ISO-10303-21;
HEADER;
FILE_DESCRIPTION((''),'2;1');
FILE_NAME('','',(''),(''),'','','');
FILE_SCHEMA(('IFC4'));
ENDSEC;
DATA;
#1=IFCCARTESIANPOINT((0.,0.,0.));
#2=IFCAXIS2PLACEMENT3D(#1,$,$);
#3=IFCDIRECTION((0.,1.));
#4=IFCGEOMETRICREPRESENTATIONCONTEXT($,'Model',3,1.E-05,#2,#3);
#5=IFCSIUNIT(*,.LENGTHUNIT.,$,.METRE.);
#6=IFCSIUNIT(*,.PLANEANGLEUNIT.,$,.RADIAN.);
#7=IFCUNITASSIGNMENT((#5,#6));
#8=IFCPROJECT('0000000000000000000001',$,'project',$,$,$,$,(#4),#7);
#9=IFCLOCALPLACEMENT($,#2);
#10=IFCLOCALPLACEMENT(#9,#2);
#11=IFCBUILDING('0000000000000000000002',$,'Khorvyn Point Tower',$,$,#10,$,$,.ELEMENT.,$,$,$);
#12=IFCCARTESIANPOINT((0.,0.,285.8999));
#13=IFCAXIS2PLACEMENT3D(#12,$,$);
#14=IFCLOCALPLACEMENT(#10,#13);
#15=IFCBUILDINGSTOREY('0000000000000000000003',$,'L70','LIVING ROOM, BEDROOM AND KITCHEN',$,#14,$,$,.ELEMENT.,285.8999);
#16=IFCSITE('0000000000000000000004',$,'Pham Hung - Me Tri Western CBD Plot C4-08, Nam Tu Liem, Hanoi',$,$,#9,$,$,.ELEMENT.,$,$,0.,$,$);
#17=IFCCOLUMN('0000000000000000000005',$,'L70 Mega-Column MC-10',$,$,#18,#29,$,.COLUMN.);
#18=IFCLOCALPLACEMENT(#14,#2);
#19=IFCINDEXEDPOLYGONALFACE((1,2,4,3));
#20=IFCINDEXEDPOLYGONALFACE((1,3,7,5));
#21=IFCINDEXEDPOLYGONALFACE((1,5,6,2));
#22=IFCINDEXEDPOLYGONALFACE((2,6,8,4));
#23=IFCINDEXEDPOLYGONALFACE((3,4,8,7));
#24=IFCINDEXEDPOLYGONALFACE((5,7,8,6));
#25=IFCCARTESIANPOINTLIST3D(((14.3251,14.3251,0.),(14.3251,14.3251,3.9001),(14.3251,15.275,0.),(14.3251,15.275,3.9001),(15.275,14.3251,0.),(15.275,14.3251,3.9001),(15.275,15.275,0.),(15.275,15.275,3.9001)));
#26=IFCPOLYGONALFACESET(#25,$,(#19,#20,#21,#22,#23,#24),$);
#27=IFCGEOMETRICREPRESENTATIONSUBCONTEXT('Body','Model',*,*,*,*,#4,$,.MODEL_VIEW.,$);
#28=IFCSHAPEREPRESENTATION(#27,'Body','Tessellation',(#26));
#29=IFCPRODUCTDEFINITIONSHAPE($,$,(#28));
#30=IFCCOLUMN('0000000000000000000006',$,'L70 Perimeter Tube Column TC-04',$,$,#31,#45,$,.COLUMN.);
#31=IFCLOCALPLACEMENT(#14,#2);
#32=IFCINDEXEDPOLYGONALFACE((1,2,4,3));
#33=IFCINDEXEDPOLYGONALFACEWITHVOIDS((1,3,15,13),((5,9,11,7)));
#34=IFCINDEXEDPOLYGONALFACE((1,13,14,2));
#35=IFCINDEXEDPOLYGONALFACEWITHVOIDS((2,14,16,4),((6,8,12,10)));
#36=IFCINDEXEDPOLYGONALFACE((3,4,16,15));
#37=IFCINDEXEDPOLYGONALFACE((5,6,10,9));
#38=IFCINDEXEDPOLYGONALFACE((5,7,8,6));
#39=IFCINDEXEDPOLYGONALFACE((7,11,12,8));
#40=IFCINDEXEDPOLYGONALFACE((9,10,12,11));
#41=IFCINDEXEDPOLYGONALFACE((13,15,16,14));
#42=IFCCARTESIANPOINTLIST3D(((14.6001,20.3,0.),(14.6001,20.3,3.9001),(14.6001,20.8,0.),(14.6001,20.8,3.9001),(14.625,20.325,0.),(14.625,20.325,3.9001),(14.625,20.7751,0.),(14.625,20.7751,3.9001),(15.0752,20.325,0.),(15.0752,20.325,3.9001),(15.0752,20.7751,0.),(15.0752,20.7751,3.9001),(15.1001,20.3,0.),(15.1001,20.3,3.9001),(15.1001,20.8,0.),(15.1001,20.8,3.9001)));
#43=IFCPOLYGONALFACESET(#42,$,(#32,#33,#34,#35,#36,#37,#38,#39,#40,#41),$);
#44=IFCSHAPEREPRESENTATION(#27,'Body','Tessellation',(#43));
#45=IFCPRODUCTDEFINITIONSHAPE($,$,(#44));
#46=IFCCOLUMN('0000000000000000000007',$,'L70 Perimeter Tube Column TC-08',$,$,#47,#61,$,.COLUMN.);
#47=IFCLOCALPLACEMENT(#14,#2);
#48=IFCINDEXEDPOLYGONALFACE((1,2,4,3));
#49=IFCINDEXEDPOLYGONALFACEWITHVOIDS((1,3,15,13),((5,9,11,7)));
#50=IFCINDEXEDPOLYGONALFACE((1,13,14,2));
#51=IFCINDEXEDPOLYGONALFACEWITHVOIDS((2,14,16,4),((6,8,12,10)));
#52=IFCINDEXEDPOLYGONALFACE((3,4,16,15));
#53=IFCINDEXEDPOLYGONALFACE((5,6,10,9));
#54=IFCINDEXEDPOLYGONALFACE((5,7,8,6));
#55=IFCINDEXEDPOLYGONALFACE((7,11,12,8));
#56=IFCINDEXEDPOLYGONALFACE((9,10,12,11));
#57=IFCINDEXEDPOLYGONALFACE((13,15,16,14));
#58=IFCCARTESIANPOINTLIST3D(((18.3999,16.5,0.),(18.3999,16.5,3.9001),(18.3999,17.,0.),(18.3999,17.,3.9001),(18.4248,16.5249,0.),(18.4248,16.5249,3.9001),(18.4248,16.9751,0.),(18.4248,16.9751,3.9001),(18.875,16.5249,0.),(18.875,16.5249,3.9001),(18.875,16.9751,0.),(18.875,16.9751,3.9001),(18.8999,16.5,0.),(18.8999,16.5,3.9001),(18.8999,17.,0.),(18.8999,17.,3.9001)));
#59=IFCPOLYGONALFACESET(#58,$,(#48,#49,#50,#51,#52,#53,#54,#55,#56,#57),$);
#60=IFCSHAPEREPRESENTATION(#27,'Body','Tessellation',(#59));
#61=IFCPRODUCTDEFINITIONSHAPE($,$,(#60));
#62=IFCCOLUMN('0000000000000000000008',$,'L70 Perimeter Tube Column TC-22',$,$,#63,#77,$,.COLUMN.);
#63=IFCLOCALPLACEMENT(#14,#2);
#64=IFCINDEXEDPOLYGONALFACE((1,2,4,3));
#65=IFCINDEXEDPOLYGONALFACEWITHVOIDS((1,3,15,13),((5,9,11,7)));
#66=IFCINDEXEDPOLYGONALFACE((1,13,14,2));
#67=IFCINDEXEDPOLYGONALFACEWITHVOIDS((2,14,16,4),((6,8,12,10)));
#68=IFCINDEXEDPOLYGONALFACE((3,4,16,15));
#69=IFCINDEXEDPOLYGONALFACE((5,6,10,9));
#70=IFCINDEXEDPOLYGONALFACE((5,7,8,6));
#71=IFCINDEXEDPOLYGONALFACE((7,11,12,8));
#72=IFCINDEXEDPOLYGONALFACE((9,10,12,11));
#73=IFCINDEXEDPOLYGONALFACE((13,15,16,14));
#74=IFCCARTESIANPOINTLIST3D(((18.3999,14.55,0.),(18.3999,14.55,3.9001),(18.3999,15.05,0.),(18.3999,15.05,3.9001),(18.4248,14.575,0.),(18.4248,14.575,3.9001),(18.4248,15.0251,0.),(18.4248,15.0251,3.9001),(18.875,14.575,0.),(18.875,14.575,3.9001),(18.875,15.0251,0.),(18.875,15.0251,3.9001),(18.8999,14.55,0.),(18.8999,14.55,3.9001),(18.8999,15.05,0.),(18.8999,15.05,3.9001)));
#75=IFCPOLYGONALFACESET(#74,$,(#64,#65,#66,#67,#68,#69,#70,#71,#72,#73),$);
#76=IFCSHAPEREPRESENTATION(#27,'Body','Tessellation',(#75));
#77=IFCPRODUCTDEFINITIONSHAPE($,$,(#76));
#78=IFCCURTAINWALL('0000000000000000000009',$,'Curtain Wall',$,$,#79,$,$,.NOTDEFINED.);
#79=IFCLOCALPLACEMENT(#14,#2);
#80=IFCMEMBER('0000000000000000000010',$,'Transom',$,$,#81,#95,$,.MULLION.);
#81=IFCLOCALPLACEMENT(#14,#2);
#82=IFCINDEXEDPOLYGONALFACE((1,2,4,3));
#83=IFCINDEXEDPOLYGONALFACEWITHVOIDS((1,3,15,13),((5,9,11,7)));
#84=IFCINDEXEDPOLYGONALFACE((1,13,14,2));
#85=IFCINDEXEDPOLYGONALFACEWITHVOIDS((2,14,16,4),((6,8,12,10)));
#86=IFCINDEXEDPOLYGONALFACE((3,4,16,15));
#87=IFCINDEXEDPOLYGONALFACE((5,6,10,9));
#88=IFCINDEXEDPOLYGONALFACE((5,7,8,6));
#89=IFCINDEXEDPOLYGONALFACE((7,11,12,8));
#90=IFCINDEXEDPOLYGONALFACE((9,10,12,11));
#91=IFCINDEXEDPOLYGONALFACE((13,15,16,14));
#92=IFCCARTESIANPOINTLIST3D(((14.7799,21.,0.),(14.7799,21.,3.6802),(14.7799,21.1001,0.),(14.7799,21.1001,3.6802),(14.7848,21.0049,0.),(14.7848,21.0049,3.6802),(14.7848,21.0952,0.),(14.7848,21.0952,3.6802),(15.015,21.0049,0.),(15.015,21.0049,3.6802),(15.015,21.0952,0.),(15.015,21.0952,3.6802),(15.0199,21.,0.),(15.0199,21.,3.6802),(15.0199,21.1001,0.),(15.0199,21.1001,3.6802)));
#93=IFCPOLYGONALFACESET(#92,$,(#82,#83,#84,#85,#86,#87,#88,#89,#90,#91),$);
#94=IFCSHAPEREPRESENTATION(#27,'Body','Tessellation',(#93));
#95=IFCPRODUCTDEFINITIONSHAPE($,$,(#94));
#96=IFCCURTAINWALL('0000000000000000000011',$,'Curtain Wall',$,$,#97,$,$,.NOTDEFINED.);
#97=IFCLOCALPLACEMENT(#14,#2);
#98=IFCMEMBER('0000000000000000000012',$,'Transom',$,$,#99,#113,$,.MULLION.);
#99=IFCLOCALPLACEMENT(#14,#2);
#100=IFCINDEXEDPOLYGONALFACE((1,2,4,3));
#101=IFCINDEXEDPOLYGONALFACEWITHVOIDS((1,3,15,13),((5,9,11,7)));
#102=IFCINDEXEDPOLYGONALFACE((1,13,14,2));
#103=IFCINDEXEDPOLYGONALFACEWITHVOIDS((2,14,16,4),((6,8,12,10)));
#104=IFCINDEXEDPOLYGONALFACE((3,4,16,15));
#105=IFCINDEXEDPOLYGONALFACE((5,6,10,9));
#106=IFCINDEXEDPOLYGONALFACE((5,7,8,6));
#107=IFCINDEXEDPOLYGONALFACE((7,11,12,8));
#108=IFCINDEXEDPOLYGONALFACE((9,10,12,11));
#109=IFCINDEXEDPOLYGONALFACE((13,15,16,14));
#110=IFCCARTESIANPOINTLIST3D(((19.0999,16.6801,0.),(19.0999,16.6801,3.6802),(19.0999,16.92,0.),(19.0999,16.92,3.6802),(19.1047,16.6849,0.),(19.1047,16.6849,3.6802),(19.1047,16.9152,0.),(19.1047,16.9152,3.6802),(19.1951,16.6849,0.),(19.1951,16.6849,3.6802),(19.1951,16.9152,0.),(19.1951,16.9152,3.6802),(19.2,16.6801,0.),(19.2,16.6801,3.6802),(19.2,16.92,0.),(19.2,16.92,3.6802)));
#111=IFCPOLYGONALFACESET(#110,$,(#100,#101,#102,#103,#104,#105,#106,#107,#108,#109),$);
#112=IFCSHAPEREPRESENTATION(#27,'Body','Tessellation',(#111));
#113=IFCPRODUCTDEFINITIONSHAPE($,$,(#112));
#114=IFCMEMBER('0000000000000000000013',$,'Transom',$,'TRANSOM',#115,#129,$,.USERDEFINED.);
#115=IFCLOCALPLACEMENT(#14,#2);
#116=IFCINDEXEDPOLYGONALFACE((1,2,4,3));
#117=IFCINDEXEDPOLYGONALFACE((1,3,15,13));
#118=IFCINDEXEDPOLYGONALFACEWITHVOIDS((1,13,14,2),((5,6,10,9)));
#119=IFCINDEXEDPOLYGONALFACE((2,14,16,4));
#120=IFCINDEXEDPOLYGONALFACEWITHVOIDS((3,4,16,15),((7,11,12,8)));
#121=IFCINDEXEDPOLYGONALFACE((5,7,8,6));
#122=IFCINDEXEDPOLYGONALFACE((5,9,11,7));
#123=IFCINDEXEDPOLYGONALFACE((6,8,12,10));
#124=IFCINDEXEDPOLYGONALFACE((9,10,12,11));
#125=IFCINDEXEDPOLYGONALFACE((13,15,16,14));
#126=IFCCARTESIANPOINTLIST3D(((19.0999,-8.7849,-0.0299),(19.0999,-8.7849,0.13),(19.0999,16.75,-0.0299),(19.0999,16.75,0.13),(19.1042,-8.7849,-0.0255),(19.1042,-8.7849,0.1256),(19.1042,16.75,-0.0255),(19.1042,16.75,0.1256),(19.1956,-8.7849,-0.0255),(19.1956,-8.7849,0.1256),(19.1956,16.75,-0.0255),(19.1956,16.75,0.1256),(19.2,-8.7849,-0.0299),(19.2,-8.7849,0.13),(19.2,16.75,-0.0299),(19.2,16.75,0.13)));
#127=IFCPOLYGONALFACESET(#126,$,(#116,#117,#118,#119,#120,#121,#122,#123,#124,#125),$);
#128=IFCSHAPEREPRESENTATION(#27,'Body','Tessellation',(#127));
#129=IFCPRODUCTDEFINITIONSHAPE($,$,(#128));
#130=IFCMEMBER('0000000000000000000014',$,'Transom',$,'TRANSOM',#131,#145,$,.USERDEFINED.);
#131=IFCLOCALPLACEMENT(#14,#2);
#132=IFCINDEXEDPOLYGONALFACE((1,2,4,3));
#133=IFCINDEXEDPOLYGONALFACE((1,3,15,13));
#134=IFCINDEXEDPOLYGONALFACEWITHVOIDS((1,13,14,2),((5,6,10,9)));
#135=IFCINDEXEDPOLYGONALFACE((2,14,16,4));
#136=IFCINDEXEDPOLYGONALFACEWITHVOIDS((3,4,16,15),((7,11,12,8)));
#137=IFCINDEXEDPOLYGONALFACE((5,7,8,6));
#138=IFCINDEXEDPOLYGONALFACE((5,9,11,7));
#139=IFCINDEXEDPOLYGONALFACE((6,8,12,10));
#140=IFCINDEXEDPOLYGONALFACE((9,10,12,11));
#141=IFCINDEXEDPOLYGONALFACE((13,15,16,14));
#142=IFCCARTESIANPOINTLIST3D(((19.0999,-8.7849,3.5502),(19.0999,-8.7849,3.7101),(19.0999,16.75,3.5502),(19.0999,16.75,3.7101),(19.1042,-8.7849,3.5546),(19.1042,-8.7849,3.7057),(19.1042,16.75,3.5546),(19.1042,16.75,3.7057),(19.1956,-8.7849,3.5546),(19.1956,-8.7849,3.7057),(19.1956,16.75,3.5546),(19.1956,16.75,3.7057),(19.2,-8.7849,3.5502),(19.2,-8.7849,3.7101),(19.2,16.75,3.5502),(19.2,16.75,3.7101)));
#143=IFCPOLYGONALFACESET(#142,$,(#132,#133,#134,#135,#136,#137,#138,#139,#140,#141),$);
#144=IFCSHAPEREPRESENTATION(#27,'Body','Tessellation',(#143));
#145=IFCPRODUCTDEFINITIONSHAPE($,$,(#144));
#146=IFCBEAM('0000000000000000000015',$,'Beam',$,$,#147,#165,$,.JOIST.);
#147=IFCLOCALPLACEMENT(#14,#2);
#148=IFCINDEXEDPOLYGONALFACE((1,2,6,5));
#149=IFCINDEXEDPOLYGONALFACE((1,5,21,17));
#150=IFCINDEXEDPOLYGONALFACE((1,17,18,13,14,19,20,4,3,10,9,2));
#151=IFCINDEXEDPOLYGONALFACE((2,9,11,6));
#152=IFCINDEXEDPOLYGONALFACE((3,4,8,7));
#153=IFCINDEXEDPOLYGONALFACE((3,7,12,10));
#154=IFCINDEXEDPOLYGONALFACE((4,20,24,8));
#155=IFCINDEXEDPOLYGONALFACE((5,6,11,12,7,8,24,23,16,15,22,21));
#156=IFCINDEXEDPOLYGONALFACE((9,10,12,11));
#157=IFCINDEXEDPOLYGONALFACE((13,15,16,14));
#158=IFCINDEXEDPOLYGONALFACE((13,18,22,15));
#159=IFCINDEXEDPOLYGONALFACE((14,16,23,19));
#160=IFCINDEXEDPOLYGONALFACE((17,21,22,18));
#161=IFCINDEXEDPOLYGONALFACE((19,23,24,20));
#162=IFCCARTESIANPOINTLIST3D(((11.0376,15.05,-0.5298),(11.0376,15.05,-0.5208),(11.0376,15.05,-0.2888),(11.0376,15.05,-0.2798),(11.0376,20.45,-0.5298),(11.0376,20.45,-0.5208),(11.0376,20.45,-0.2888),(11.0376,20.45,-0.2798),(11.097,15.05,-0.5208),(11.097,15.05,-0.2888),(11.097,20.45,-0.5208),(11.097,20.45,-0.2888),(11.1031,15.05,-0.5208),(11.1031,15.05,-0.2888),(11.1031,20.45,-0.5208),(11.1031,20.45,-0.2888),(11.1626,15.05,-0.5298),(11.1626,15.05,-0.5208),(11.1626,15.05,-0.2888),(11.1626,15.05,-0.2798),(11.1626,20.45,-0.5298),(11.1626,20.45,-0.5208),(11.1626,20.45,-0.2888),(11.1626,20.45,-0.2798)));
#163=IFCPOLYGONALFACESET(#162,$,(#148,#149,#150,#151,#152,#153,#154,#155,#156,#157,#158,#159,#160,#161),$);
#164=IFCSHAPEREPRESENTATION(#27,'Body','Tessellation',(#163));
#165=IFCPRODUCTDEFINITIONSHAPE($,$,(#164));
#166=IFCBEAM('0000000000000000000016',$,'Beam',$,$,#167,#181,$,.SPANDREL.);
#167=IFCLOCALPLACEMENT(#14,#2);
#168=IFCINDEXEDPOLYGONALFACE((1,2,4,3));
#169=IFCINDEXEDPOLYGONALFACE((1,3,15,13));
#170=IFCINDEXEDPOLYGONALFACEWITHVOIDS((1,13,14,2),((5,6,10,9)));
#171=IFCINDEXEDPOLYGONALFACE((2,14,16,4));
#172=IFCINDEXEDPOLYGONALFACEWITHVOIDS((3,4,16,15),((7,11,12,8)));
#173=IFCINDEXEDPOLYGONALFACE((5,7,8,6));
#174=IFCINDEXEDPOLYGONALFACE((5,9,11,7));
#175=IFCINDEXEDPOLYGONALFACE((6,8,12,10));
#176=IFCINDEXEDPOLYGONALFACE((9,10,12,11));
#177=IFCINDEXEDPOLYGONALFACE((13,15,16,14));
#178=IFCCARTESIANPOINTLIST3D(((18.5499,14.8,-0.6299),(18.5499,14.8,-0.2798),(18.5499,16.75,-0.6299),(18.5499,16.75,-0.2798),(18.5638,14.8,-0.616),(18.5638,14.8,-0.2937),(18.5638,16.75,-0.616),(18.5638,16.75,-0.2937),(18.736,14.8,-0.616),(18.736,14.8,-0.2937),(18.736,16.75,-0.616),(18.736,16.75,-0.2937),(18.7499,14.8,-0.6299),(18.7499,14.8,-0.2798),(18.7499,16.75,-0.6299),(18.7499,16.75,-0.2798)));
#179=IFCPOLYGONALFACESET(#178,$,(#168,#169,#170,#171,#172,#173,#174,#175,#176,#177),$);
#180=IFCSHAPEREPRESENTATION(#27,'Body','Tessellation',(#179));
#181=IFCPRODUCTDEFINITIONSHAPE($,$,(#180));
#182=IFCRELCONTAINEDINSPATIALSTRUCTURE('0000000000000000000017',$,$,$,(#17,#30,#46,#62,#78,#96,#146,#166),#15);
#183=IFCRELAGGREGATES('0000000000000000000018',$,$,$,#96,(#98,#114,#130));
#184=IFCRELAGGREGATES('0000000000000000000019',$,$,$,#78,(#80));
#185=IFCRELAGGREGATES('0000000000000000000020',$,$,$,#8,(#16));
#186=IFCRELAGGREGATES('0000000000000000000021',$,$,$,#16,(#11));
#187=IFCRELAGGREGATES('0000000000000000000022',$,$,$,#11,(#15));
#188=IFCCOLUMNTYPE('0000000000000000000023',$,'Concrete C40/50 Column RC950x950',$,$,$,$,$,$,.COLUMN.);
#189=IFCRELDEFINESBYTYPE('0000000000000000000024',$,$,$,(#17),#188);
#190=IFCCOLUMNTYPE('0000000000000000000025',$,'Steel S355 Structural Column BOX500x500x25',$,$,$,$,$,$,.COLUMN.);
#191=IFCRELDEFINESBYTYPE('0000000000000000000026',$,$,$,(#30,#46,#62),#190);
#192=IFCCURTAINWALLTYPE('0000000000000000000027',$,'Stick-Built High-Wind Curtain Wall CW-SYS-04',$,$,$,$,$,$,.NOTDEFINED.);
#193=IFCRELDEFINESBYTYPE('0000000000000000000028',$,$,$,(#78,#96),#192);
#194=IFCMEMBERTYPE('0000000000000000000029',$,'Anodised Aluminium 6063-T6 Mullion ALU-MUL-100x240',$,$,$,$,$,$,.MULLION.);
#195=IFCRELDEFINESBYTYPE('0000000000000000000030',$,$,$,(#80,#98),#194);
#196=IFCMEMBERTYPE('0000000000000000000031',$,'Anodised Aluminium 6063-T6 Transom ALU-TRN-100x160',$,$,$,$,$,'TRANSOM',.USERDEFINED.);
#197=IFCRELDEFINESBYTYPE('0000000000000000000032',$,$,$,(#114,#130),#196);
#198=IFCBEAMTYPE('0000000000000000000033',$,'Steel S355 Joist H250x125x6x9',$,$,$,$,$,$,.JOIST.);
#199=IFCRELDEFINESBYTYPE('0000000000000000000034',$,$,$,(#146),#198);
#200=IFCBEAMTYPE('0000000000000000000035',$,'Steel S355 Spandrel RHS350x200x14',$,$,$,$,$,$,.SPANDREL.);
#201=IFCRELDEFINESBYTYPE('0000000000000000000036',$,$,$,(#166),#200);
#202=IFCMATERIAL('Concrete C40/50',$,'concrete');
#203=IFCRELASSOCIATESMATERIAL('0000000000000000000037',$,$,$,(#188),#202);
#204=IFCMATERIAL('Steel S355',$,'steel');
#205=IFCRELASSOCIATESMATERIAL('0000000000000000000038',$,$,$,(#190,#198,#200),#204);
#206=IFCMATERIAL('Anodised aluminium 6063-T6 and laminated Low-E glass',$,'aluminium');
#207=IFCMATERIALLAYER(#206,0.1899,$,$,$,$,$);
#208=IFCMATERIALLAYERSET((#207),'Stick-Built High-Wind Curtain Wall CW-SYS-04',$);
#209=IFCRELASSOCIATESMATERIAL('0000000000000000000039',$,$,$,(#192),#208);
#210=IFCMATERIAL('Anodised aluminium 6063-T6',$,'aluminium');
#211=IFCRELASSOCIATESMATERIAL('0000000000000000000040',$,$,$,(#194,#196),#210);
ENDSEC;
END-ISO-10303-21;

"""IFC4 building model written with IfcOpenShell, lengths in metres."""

from ifc_helpers import new_model, si_unit, direction, frame, origin, origin_2d, place, context, subcontext, project, spatial, rectangle, hollow_rectangle, i_section, extrude, material, layer, layer_set, material_profile, profile_set, type_object, element, aggregate, save


model = new_model("IFC4")

# Units and contexts
model_context = context("Model", 3, precision=1e-05, world=origin(), true_north=direction((0.0, 1.0)))
body_context = subcontext(model_context, "Body", "Model", "MODEL_VIEW")
ifc_project = project(units=[si_unit("LENGTHUNIT", "METRE"), si_unit("PLANEANGLEUNIT", "RADIAN")], contexts=[model_context])

# Site, building, storey
site_placement = place(None, origin())
site = spatial("IfcSite", under=ifc_project, at=site_placement, Name="Pham Hung - Me Tri Western CBD Plot C4-08, Nam Tu Liem, Hanoi", CompositionType="ELEMENT", RefElevation=0.0)
building_placement = place(site_placement, origin())
building = spatial("IfcBuilding", under=site, at=building_placement, Name="Khorvyn Point Tower", CompositionType="ELEMENT")
storey_placement = place(building_placement, frame((0.0, 0.0, 285.8999)))
storey = spatial("IfcBuildingStorey", under=building, at=storey_placement, Name="L70", Description="LIVING ROOM, BEDROOM AND KITCHEN", CompositionType="ELEMENT", Elevation=285.8999)

# Columns
ifc_material_1 = material(Name="Concrete C40/50", Category="concrete")
ifc_material_profile_1 = material_profile(ifc_material_1, rectangle(XDim=0.95, YDim=0.95, at=origin_2d()))
ifc_profile_set_1 = profile_set([ifc_material_profile_1], Name="Concrete C40/50 RC950x950")
column_type_1 = type_object("IfcColumnType", Name="Concrete C40/50 Column RC950x950", PredefinedType="COLUMN", material=ifc_profile_set_1)
column_placement = place(storey_placement, frame((14.8, 14.8, 0.0), z_axis=(0.0, 0.0, 1.0), x_axis=(1.0, 0.0, 0.0)))
element("IfcColumn", 1, at=column_placement, inside=storey, type_object=column_type_1, Name="L70 Mega-Column MC-10", PredefinedType="COLUMN", context=body_context, shape_type="SweptSolid", body=[
    extrude(rectangle(XDim=0.95, YDim=0.95, at=origin_2d()), origin(), (0.0, 0.0, 1.0), 3.9001),
])
ifc_material_2 = material(Name="Steel S355", Category="steel")
ifc_material_profile_2 = material_profile(ifc_material_2, hollow_rectangle(XDim=0.5, YDim=0.5, WallThickness=0.0249, at=origin_2d()))
ifc_profile_set_2 = profile_set([ifc_material_profile_2], Name="Steel S355 BOX500x500x25")
column_type_2 = type_object("IfcColumnType", Name="Steel S355 Structural Column BOX500x500x25", PredefinedType="COLUMN", material=ifc_profile_set_2)
for number, where, z_axis, x_axis, name in (
    (2, (14.8501, 20.55, 0.0), (0.0, 0.0, 1.0), (1.0, 0.0, 0.0), "L70 Perimeter Tube Column TC-04"),
    (3, (18.6499, 16.75, 0.0), (0.0, 0.0, 1.0), (1.0, 0.0, 0.0), "L70 Perimeter Tube Column TC-08"),
    (4, (18.6499, 14.8, 0.0), (0.0, 0.0, 1.0), (1.0, 0.0, 0.0), "L70 Perimeter Tube Column TC-22"),
):
    element("IfcColumn", number, at=place(storey_placement, frame(where, z_axis=z_axis, x_axis=x_axis)), inside=storey, type_object=column_type_2, Name=name, PredefinedType="COLUMN", context=body_context, shape_type="SweptSolid", body=[
        extrude(hollow_rectangle(XDim=0.5, YDim=0.5, WallThickness=0.0249, at=origin_2d()), origin(), (0.0, 0.0, 1.0), 3.9001),
    ])

# Curtain wall, member
ifc_material_3 = material(Name="Anodised aluminium 6063-T6 and laminated Low-E glass", Category="aluminium")
ifc_layer_1 = layer(ifc_material_3, 0.1899)
ifc_layer_set_1 = layer_set([ifc_layer_1], Name="Stick-Built High-Wind Curtain Wall CW-SYS-04")
curtain_wall_type = type_object("IfcCurtainWallType", Name="Stick-Built High-Wind Curtain Wall CW-SYS-04", PredefinedType="NOTDEFINED", material=ifc_layer_set_1)
curtain_wall_1_placement = place(storey_placement, origin())
curtain_wall_1 = element("IfcCurtainWall", 5, at=curtain_wall_1_placement, inside=storey, type_object=curtain_wall_type, Name="Curtain Wall", PredefinedType="NOTDEFINED")
ifc_material_4 = material(Name="Anodised aluminium 6063-T6", Category="aluminium")
ifc_material_profile_3 = material_profile(ifc_material_4, hollow_rectangle(XDim=0.1001, YDim=0.24, WallThickness=0.0049, at=origin_2d()))
ifc_profile_set_3 = profile_set([ifc_material_profile_3], Name="Anodised aluminium 6063-T6 ALU-MUL-100x240")
member_type_1 = type_object("IfcMemberType", Name="Anodised Aluminium 6063-T6 Mullion ALU-MUL-100x240", PredefinedType="MULLION", material=ifc_profile_set_3)
member_1_placement = place(storey_placement, frame((14.8999, 21.05, 0.0), z_axis=(0.0, 0.0, 1.0), x_axis=(0.0, 1.0, 0.0)))
member_1 = element("IfcMember", 6, at=member_1_placement, type_object=member_type_1, Name="Transom", PredefinedType="MULLION", context=body_context, shape_type="SweptSolid", body=[
    extrude(hollow_rectangle(XDim=0.1001, YDim=0.24, WallThickness=0.0049, at=origin_2d()), origin(), (0.0, 0.0, 1.0), 3.6802),
])

# Curtain wall, members
curtain_wall_2_placement = place(storey_placement, origin())
curtain_wall_2 = element("IfcCurtainWall", 7, at=curtain_wall_2_placement, inside=storey, type_object=curtain_wall_type, Name="Curtain Wall", PredefinedType="NOTDEFINED")
member_2_placement = place(storey_placement, frame((19.1499, 16.8, 0.0), z_axis=(0.0, 0.0, 1.0), x_axis=(1.0, 0.0, 0.0)))
member_2 = element("IfcMember", 8, at=member_2_placement, type_object=member_type_1, Name="Transom", PredefinedType="MULLION", context=body_context, shape_type="SweptSolid", body=[
    extrude(hollow_rectangle(XDim=0.1001, YDim=0.24, WallThickness=0.0049, at=origin_2d()), origin(), (0.0, 0.0, 1.0), 3.6802),
])
ifc_material_profile_4 = material_profile(ifc_material_4, hollow_rectangle(XDim=0.1001, YDim=0.1599, WallThickness=0.0044, at=origin_2d()))
ifc_profile_set_4 = profile_set([ifc_material_profile_4], Name="Anodised aluminium 6063-T6 ALU-TRN-100x160")
member_type_2 = type_object("IfcMemberType", Name="Anodised Aluminium 6063-T6 Transom ALU-TRN-100x160", ElementType="TRANSOM", PredefinedType="USERDEFINED", material=ifc_profile_set_4)
member_3_placement = place(storey_placement, frame((19.1499, 16.75, 0.05), z_axis=(0.0, -1.0, 0.0), x_axis=(1.0, 0.0, 0.0)))
member_3 = element("IfcMember", 9, at=member_3_placement, type_object=member_type_2, Name="Transom", ObjectType="TRANSOM", PredefinedType="USERDEFINED", context=body_context, shape_type="SweptSolid", body=[
    extrude(hollow_rectangle(XDim=0.1001, YDim=0.1599, WallThickness=0.0044, at=origin_2d()), origin(), (0.0, 0.0, 1.0), 25.5349),
])
member_4_placement = place(storey_placement, frame((19.1499, 16.75, 3.6301), z_axis=(0.0, -1.0, 0.0), x_axis=(1.0, 0.0, 0.0)))
member_4 = element("IfcMember", 10, at=member_4_placement, type_object=member_type_2, Name="Transom", ObjectType="TRANSOM", PredefinedType="USERDEFINED", context=body_context, shape_type="SweptSolid", body=[
    extrude(hollow_rectangle(XDim=0.1001, YDim=0.1599, WallThickness=0.0044, at=origin_2d()), origin(), (0.0, 0.0, 1.0), 25.5349),
])
aggregate(curtain_wall_2, [member_2, member_3, member_4])

# Beams
ifc_material_profile_5 = material_profile(ifc_material_2, i_section(OverallWidth=0.125, OverallDepth=0.25, WebThickness=0.0061, FlangeThickness=0.009, at=origin_2d()))
ifc_profile_set_5 = profile_set([ifc_material_profile_5], Name="Steel S355 H250x125x6x9")
beam_type_1 = type_object("IfcBeamType", Name="Steel S355 Joist H250x125x6x9", PredefinedType="JOIST", material=ifc_profile_set_5)
beam_1_placement = place(storey_placement, frame((11.1001, 15.05, -0.4048), z_axis=(0.0, 1.0, 0.0), x_axis=(-1.0, 0.0, 0.0)))
element("IfcBeam", 11, at=beam_1_placement, inside=storey, type_object=beam_type_1, Name="Beam", PredefinedType="JOIST", context=body_context, shape_type="SweptSolid", body=[
    extrude(i_section(OverallWidth=0.125, OverallDepth=0.25, WebThickness=0.0061, FlangeThickness=0.009, at=origin_2d()), origin(), (0.0, 0.0, 1.0), 5.3999),
])
ifc_material_profile_6 = material_profile(ifc_material_2, hollow_rectangle(XDim=0.2, YDim=0.3501, WallThickness=0.0139, at=origin_2d()))
ifc_profile_set_6 = profile_set([ifc_material_profile_6], Name="Steel S355 RHS350x200x14")
beam_type_2 = type_object("IfcBeamType", Name="Steel S355 Spandrel RHS350x200x14", PredefinedType="SPANDREL", material=ifc_profile_set_6)
beam_2_placement = place(storey_placement, frame((18.6499, 14.8, -0.4548), z_axis=(0.0, 1.0, 0.0), x_axis=(-1.0, 0.0, 0.0)))
element("IfcBeam", 12, at=beam_2_placement, inside=storey, type_object=beam_type_2, Name="Beam", PredefinedType="SPANDREL", context=body_context, shape_type="SweptSolid", body=[
    extrude(hollow_rectangle(XDim=0.2, YDim=0.3501, WallThickness=0.0139, at=origin_2d()), origin(), (0.0, 0.0, 1.0), 1.95),
])

aggregate(curtain_wall_1, [member_1])

save(model, "model.ifc")
